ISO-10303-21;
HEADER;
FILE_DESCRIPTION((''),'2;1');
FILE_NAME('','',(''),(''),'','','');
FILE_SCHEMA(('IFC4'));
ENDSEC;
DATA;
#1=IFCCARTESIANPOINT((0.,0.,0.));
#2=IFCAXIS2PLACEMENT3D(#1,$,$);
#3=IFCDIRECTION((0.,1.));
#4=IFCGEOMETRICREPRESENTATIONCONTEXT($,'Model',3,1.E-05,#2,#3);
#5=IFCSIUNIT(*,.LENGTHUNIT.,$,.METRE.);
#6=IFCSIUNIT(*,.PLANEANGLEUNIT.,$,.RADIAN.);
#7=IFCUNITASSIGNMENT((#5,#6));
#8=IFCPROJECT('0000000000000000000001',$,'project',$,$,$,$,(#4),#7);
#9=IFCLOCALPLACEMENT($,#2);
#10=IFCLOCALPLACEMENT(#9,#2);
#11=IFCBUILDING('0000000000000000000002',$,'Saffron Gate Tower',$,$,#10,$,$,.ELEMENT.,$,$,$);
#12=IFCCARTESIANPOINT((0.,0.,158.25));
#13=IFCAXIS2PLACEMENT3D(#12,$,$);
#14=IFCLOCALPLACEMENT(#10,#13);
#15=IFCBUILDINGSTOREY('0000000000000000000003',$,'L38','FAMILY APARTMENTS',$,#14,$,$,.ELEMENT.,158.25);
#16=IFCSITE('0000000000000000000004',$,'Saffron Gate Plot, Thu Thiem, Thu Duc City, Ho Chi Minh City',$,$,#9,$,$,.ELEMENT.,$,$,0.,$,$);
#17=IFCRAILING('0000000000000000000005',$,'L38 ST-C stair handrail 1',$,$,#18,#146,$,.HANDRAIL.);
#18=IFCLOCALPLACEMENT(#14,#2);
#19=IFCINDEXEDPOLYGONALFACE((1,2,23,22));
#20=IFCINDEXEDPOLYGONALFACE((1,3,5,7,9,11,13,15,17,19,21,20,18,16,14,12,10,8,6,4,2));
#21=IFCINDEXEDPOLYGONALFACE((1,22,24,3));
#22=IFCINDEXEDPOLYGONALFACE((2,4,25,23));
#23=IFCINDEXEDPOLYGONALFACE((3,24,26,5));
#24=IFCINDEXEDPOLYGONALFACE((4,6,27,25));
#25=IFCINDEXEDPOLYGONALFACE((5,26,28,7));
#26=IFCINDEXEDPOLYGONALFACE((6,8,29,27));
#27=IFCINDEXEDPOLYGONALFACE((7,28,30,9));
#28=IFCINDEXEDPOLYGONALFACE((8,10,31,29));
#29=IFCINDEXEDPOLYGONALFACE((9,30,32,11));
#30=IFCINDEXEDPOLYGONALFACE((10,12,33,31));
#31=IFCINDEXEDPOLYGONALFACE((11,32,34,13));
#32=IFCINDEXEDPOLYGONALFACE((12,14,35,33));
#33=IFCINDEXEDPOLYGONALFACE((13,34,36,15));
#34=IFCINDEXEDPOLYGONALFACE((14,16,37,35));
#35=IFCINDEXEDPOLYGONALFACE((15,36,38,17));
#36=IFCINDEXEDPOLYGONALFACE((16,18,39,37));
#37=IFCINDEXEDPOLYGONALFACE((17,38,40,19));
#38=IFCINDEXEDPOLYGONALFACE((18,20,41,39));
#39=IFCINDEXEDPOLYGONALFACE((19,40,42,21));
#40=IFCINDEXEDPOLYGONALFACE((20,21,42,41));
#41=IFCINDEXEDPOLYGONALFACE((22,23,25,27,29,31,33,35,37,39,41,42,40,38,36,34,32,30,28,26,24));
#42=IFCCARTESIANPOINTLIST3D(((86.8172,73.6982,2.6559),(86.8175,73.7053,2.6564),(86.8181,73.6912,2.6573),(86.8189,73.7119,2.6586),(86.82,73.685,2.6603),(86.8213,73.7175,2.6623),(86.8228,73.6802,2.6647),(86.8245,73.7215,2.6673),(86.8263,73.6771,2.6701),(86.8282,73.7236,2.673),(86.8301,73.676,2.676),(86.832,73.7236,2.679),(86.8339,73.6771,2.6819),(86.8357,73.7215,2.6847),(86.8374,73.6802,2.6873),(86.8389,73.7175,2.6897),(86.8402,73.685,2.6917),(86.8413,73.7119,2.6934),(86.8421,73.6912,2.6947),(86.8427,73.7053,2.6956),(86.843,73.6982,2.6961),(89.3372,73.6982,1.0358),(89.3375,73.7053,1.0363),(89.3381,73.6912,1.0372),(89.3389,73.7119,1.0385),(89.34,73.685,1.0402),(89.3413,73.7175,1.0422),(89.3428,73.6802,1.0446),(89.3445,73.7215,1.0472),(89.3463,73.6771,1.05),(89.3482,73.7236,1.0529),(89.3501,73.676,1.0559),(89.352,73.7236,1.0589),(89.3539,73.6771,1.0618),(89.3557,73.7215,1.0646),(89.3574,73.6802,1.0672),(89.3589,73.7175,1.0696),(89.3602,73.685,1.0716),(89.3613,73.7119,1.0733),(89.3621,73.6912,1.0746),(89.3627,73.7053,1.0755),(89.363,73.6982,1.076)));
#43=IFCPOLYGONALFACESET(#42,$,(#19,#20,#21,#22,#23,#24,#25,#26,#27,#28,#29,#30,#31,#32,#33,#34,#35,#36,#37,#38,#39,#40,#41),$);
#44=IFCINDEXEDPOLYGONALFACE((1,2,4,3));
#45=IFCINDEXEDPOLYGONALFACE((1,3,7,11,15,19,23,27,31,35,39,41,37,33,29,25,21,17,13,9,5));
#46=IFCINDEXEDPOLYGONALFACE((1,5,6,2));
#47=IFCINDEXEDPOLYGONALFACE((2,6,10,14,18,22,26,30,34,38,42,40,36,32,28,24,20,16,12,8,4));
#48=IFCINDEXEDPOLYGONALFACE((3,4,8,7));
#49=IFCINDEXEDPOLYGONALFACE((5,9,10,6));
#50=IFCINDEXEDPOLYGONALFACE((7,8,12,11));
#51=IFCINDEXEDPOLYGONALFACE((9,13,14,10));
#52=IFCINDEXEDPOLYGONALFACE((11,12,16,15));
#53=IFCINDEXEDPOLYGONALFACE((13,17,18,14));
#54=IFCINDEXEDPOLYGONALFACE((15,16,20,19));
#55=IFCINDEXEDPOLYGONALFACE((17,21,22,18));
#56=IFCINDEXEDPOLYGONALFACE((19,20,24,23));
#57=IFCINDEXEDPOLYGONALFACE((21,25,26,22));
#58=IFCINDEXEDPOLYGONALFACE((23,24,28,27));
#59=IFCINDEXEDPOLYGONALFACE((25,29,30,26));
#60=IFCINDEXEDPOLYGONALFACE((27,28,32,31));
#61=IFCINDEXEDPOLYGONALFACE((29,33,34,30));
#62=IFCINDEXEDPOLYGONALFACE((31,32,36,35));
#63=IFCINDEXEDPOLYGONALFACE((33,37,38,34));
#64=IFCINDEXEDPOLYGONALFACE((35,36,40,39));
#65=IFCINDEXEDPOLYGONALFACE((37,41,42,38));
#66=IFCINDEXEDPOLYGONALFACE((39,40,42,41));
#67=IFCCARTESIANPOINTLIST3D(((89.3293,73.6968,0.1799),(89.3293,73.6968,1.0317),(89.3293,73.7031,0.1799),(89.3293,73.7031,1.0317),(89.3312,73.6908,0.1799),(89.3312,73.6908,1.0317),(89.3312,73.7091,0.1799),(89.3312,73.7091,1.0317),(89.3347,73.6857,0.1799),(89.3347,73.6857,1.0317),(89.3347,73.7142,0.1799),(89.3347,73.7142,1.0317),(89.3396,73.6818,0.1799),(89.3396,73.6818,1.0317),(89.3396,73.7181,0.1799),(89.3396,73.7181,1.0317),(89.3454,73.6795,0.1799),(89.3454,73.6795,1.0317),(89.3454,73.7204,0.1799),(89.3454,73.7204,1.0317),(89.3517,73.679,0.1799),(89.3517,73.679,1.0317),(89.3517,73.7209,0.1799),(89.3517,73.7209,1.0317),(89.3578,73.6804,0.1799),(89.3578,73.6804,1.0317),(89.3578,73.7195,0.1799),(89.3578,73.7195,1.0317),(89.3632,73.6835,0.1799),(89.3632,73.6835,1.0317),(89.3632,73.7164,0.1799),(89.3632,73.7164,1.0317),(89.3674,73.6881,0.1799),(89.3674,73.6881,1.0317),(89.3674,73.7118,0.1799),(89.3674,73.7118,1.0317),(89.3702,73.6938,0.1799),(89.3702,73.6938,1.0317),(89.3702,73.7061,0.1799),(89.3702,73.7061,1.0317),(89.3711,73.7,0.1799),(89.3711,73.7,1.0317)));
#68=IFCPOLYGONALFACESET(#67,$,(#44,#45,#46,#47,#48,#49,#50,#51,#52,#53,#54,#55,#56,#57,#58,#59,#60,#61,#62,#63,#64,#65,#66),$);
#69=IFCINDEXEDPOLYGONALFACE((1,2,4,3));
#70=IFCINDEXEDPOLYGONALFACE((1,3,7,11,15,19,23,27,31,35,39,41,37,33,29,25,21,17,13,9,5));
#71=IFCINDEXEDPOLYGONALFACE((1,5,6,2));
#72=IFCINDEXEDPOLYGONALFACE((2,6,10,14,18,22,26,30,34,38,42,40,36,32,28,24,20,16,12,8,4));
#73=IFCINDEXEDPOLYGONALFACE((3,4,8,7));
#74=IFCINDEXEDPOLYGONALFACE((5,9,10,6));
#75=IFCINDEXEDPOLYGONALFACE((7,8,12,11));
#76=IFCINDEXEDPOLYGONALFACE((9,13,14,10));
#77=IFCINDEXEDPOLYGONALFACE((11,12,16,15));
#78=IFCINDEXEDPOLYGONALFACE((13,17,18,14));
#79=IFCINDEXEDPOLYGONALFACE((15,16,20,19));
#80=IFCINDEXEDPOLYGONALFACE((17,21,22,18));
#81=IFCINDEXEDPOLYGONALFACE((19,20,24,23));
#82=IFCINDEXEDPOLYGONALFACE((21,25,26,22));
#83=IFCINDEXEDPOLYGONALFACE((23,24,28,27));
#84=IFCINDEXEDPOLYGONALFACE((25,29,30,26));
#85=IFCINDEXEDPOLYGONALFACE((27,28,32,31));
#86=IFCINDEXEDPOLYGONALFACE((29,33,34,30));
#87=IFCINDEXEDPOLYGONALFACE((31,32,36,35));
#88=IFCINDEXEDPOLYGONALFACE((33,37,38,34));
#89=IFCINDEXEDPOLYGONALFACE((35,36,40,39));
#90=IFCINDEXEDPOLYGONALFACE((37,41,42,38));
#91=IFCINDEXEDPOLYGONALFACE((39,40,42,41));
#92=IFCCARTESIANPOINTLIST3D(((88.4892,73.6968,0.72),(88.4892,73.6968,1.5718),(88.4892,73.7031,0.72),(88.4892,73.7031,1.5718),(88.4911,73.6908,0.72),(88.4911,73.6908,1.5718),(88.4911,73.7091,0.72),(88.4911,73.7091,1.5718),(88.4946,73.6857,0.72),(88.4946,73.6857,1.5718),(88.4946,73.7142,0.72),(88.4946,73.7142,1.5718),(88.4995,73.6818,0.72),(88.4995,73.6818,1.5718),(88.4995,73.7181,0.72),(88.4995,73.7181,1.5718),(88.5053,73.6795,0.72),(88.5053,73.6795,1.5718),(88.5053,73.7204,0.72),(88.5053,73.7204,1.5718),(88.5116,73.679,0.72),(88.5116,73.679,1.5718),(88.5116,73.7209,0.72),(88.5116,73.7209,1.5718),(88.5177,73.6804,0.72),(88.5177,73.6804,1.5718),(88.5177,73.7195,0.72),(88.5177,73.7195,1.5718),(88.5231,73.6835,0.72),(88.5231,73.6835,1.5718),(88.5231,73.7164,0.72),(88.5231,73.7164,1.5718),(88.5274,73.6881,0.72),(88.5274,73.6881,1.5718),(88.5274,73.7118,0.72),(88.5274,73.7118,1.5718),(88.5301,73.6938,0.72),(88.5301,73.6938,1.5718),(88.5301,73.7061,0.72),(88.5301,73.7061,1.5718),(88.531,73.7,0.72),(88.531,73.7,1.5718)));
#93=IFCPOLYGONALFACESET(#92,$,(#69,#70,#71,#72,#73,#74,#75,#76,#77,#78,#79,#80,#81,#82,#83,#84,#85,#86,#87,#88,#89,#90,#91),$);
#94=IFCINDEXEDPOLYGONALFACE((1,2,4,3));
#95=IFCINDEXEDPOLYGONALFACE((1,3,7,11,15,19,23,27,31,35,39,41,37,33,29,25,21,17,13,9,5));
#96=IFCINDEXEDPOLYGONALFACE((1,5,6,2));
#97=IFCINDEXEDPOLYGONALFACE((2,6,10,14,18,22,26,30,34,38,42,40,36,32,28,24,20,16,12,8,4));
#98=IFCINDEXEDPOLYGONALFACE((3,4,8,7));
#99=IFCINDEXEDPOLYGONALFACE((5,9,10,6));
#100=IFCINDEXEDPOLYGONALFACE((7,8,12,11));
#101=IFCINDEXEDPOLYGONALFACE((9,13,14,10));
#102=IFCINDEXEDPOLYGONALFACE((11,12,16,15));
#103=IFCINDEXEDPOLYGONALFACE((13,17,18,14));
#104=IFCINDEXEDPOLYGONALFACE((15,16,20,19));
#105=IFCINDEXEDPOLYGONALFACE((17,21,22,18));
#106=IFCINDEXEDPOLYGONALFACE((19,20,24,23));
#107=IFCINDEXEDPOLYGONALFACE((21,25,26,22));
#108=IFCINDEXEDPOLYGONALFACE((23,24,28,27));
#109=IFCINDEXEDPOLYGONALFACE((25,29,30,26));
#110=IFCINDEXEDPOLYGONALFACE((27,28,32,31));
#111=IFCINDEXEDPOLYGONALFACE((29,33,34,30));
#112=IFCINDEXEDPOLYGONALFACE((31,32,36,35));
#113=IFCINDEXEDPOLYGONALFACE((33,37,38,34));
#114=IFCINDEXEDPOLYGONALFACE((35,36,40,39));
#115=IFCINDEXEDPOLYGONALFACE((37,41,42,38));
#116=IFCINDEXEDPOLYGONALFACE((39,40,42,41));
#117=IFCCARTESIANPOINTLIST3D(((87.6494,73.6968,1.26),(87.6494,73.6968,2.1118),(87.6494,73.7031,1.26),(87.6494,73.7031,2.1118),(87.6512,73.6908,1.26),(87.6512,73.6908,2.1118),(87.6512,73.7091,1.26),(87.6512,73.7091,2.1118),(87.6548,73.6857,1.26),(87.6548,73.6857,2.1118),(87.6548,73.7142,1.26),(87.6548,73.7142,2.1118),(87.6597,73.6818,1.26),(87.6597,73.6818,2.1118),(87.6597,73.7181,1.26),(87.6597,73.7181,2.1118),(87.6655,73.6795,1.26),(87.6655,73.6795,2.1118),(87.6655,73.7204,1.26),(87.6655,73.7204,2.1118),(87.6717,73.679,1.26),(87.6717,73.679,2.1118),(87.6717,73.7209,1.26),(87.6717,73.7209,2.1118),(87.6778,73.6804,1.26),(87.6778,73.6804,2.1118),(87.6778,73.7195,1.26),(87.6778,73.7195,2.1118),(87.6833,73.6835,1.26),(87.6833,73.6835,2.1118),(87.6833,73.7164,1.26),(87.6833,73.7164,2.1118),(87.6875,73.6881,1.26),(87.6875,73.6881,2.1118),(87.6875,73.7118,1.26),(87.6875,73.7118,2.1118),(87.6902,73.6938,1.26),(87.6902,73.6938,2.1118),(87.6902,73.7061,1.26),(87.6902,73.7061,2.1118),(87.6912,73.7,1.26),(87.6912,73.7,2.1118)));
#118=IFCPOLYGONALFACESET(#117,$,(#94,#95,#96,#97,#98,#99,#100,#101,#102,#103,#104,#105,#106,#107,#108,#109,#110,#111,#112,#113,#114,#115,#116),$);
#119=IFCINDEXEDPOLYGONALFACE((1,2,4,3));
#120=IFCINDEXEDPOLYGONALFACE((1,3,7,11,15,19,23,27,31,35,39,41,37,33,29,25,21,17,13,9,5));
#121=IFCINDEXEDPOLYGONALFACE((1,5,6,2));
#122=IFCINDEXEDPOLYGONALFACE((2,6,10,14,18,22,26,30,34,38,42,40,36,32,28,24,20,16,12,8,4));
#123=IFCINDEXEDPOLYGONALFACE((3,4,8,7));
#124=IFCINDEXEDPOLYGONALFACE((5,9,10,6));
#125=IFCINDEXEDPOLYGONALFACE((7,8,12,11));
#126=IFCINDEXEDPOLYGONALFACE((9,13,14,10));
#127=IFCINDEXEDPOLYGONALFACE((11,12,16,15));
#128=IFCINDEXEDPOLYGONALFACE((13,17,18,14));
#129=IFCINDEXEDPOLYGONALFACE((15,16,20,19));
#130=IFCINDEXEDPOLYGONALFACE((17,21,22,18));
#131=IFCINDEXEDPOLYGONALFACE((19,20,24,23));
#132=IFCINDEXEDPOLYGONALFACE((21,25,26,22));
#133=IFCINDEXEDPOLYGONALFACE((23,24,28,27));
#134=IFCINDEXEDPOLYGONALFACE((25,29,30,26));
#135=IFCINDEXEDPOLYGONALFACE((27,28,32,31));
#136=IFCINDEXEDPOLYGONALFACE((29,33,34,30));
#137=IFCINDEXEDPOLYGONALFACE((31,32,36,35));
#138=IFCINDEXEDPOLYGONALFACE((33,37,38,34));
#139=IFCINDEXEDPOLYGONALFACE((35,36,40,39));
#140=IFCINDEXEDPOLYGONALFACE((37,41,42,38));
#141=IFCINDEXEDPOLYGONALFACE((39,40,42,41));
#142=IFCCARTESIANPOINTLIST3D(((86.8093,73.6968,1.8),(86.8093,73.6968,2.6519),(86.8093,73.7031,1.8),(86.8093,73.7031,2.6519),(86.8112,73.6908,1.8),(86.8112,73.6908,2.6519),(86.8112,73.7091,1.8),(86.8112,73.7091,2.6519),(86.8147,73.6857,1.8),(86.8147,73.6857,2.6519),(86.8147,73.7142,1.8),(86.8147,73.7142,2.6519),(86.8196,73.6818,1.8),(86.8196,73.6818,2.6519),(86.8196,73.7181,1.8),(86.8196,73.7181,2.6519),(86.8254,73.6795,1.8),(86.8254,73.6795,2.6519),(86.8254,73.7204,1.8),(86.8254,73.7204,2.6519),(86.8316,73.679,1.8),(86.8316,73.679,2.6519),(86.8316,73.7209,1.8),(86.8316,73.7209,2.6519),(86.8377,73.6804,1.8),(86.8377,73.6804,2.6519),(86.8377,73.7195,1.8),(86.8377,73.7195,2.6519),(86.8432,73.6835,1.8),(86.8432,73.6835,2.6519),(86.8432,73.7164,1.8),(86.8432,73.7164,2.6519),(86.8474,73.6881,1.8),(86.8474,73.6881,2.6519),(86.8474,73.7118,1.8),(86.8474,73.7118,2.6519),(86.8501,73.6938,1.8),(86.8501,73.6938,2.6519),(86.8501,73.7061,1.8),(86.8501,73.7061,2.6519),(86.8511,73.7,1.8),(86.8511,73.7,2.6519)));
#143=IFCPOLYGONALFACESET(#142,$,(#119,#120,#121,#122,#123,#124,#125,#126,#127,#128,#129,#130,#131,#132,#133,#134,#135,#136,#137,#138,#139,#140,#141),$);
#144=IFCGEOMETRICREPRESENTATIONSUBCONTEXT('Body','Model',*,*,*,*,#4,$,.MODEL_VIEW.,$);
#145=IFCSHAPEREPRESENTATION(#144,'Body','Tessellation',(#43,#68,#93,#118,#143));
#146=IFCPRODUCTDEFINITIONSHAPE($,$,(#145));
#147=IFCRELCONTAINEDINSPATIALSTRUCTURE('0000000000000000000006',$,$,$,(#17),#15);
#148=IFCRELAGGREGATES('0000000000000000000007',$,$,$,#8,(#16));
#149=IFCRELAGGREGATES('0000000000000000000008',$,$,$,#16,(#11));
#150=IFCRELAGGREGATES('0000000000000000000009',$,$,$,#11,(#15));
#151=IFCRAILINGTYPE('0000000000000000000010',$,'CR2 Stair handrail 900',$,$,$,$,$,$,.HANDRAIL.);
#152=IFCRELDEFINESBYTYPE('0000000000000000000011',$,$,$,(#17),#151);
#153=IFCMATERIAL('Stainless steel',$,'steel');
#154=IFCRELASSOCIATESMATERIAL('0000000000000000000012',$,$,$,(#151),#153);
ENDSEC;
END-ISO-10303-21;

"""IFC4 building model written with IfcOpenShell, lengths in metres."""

from ifc_helpers import new_model, si_unit, direction, frame, origin, origin_2d, place, context, subcontext, project, spatial, circle, extrude, material, type_object, element, save


model = new_model("IFC4")

# Units and contexts
model_context = context("Model", 3, precision=1e-05, world=origin(), true_north=direction((0.0, 1.0)))
body_context = subcontext(model_context, "Body", "Model", "MODEL_VIEW")
ifc_project = project(units=[si_unit("LENGTHUNIT", "METRE"), si_unit("PLANEANGLEUNIT", "RADIAN")], contexts=[model_context])

# Site, building, storey
site_placement = place(None, origin())
site = spatial("IfcSite", under=ifc_project, at=site_placement, Name="Saffron Gate Plot, Thu Thiem, Thu Duc City, Ho Chi Minh City", CompositionType="ELEMENT", RefElevation=0.0)
building_placement = place(site_placement, origin())
building = spatial("IfcBuilding", under=site, at=building_placement, Name="Saffron Gate Tower", CompositionType="ELEMENT")
storey_placement = place(building_placement, frame((0.0, 0.0, 158.25)))
storey = spatial("IfcBuildingStorey", under=building, at=storey_placement, Name="L38", Description="FAMILY APARTMENTS", CompositionType="ELEMENT", Elevation=158.25)

# Railing
ifc_material_1 = material(Name="Stainless steel", Category="steel")
railing_type_1 = type_object("IfcRailingType", Name="CR2 Stair handrail 900", PredefinedType="HANDRAIL", material=ifc_material_1)
railing_1_placement = place(storey_placement, frame((89.3501, 73.7, 0.1799)))
element("IfcRailing", 1, at=railing_1_placement, inside=storey, type_object=railing_type_1, Name="L38 ST-C stair handrail 1", PredefinedType="HANDRAIL", context=body_context, shape_type="SweptSolid", body=[
    extrude(circle(Radius=0.0239, at=origin_2d()), frame((0.0, 0.0, 0.876), z_axis=(-0.841163, 0.0, 0.540782), x_axis=(0.0, -1.0, 0.0)), (0.0, 0.0, 1.0), 2.9958),
    extrude(circle(Radius=0.021, at=origin_2d()), origin(), (0.0, 0.0, 1.0), 0.8518),
    extrude(circle(Radius=0.021, at=origin_2d()), frame((-0.8401, 0.0, 0.54)), (0.0, 0.0, 1.0), 0.8518),
    extrude(circle(Radius=0.021, at=origin_2d()), frame((-1.6799, 0.0, 1.0801)), (0.0, 0.0, 1.0), 0.8518),
    extrude(circle(Radius=0.021, at=origin_2d()), frame((-2.52, 0.0, 1.6201)), (0.0, 0.0, 1.0), 0.8518),
])

save(model, "model.ifc")
